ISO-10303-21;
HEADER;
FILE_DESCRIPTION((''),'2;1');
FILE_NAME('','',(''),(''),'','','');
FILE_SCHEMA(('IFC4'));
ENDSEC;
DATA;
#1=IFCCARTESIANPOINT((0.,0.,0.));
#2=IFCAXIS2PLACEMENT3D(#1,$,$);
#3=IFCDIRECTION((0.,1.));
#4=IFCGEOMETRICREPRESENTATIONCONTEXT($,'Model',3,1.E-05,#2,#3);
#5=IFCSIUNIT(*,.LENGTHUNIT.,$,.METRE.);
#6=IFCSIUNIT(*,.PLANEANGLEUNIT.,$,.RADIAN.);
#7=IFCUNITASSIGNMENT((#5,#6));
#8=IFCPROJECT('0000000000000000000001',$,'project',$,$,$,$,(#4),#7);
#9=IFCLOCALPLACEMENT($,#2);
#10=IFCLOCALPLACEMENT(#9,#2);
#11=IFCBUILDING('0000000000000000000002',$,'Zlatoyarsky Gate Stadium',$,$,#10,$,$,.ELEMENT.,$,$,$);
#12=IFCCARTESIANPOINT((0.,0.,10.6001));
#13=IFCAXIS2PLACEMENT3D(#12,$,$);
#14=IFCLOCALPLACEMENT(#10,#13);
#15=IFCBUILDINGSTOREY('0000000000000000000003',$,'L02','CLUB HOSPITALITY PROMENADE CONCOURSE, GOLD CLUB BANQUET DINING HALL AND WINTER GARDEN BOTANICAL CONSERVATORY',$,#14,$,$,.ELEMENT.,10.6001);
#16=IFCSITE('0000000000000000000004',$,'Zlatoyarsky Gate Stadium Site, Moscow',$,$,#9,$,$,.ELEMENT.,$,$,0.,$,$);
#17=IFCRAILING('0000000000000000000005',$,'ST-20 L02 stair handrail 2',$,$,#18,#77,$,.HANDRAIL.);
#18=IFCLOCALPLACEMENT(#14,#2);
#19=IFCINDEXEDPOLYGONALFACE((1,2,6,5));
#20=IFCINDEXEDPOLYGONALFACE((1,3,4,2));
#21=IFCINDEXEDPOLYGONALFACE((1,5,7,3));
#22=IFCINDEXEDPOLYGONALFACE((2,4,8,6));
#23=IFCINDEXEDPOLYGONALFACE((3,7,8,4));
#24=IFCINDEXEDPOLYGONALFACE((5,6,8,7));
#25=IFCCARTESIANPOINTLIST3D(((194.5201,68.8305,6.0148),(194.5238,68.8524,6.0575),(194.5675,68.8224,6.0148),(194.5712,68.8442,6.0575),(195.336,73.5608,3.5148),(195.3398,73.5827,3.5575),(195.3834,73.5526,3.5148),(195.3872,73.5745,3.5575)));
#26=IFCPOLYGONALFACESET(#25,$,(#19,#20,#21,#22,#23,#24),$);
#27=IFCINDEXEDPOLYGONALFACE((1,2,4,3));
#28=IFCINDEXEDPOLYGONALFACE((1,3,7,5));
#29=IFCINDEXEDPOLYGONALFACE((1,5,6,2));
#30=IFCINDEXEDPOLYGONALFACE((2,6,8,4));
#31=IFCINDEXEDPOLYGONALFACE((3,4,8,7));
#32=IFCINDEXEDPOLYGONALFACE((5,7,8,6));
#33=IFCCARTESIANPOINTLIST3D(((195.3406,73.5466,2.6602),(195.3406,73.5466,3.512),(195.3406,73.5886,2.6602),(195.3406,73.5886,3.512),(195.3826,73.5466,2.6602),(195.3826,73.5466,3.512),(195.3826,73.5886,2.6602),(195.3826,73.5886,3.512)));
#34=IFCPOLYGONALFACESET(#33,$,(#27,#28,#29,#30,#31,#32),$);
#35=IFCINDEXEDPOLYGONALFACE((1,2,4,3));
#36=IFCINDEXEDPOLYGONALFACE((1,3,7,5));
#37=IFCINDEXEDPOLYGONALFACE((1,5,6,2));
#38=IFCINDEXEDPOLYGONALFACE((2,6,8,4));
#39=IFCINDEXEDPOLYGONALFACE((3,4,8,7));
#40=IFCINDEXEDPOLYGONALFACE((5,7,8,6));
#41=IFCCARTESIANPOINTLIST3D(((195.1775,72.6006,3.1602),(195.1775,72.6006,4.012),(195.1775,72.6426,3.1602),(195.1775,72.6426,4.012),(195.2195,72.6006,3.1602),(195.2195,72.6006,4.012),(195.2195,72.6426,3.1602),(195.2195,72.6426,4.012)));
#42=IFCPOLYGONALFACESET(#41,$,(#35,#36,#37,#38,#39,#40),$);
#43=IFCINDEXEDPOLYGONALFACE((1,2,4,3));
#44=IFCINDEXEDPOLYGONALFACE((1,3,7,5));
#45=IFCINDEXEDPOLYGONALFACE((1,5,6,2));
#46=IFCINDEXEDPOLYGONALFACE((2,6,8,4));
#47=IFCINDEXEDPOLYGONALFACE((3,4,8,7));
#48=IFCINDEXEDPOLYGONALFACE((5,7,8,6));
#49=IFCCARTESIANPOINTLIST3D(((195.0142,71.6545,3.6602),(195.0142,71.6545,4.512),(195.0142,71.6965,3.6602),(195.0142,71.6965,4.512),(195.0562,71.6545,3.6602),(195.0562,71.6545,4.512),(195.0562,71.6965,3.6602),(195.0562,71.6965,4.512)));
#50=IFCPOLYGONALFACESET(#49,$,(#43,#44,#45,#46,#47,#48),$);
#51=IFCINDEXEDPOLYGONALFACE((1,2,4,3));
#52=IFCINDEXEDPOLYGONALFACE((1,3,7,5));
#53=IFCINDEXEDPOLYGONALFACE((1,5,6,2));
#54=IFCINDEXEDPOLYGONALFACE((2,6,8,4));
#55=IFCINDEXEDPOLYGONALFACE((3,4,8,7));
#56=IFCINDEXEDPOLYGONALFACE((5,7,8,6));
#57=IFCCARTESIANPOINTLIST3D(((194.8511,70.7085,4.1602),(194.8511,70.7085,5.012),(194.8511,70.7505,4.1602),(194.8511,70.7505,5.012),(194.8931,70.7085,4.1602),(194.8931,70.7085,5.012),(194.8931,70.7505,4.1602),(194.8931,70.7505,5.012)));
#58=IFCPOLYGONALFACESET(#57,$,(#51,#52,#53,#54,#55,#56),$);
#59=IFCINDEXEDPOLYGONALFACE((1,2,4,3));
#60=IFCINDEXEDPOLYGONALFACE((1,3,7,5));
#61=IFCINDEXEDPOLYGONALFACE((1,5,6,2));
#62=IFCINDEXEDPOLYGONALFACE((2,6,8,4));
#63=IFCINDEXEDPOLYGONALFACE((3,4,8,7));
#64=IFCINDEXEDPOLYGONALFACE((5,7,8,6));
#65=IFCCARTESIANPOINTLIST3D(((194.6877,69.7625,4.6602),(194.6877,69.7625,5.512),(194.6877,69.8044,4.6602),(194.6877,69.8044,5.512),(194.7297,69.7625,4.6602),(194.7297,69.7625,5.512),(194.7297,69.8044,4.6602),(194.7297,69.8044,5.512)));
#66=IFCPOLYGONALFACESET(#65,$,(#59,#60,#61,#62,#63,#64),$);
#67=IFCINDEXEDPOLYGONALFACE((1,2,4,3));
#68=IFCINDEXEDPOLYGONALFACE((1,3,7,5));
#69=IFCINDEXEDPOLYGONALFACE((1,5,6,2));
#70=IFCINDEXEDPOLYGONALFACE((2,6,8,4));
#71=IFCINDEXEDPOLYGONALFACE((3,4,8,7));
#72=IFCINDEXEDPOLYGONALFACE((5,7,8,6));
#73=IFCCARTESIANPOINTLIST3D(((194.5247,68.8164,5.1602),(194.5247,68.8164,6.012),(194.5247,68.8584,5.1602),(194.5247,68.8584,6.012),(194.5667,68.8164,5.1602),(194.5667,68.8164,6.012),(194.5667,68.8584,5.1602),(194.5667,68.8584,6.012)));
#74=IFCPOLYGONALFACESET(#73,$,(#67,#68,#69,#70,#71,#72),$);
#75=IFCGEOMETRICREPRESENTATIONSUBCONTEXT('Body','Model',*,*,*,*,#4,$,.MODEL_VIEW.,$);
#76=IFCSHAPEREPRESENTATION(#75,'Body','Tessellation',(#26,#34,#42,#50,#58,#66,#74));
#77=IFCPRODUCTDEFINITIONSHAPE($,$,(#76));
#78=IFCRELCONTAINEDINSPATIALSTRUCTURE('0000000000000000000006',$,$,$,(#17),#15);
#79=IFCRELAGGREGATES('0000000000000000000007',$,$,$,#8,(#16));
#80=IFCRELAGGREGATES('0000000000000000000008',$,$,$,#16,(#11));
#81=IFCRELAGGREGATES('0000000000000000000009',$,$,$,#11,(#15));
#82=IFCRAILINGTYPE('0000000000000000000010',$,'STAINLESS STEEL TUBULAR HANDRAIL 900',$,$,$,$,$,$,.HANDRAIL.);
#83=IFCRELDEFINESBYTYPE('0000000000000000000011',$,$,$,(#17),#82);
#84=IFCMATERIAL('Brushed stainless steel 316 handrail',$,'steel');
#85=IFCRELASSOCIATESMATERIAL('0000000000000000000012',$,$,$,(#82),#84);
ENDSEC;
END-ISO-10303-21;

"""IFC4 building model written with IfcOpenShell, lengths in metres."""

from ifc_helpers import new_model, si_unit, direction, frame, origin, origin_2d, place, context, subcontext, project, spatial, rectangle, extrude, material, type_object, element, save


model = new_model("IFC4")

# Units and contexts
model_context = context("Model", 3, precision=1e-05, world=origin(), true_north=direction((0.0, 1.0)))
body_context = subcontext(model_context, "Body", "Model", "MODEL_VIEW")
ifc_project = project(units=[si_unit("LENGTHUNIT", "METRE"), si_unit("PLANEANGLEUNIT", "RADIAN")], contexts=[model_context])

# Site, building, storey
site_placement = place(None, origin())
site = spatial("IfcSite", under=ifc_project, at=site_placement, Name="Zlatoyarsky Gate Stadium Site, Moscow", CompositionType="ELEMENT", RefElevation=0.0)
building_placement = place(site_placement, origin())
building = spatial("IfcBuilding", under=site, at=building_placement, Name="Zlatoyarsky Gate Stadium", CompositionType="ELEMENT")
storey_placement = place(building_placement, frame((0.0, 0.0, 10.6001)))
storey = spatial("IfcBuildingStorey", under=building, at=storey_placement, Name="L02", Description="CLUB HOSPITALITY PROMENADE CONCOURSE, GOLD CLUB BANQUET DINING HALL AND WINTER GARDEN BOTANICAL CONSERVATORY", CompositionType="ELEMENT", Elevation=10.6001)

# Railing
ifc_material_1 = material(Name="Brushed stainless steel 316 handrail", Category="steel")
railing_type_1 = type_object("IfcRailingType", Name="STAINLESS STEEL TUBULAR HANDRAIL 900", PredefinedType="HANDRAIL", material=ifc_material_1)
railing_1_placement = place(storey_placement, frame((195.3616, 73.5676, 2.6602)))
element("IfcRailing", 1, at=railing_1_placement, inside=storey, type_object=railing_type_1, Name="ST-20 L02 stair handrail 2", PredefinedType="HANDRAIL", context=body_context, shape_type="SweptSolid", body=[
    extrude(rectangle(XDim=0.0481, YDim=0.0481, at=origin_2d()), frame((0.0, 0.0, 0.876), z_axis=(-0.150758, -0.87401, 0.461929), x_axis=(0.985447, -0.16998, 0.0)), (0.0, 0.0, 1.0), 5.4121),
    extrude(rectangle(XDim=0.042, YDim=0.042, at=origin_2d()), origin(), (0.0, 0.0, 1.0), 0.8518),
    extrude(rectangle(XDim=0.042, YDim=0.042, at=origin_2d()), frame((-0.1631, -0.946, 0.5)), (0.0, 0.0, 1.0), 0.8518),
    extrude(rectangle(XDim=0.042, YDim=0.042, at=origin_2d()), frame((-0.3264, -1.8921, 1.0)), (0.0, 0.0, 1.0), 0.8518),
    extrude(rectangle(XDim=0.042, YDim=0.042, at=origin_2d()), frame((-0.4895, -2.8381, 1.5)), (0.0, 0.0, 1.0), 0.8518),
    extrude(rectangle(XDim=0.042, YDim=0.042, at=origin_2d()), frame((-0.6528, -3.7842, 2.0)), (0.0, 0.0, 1.0), 0.8518),
    extrude(rectangle(XDim=0.042, YDim=0.042, at=origin_2d()), frame((-0.8159, -4.7302, 2.5)), (0.0, 0.0, 1.0), 0.8518),
])

save(model, "model.ifc")
